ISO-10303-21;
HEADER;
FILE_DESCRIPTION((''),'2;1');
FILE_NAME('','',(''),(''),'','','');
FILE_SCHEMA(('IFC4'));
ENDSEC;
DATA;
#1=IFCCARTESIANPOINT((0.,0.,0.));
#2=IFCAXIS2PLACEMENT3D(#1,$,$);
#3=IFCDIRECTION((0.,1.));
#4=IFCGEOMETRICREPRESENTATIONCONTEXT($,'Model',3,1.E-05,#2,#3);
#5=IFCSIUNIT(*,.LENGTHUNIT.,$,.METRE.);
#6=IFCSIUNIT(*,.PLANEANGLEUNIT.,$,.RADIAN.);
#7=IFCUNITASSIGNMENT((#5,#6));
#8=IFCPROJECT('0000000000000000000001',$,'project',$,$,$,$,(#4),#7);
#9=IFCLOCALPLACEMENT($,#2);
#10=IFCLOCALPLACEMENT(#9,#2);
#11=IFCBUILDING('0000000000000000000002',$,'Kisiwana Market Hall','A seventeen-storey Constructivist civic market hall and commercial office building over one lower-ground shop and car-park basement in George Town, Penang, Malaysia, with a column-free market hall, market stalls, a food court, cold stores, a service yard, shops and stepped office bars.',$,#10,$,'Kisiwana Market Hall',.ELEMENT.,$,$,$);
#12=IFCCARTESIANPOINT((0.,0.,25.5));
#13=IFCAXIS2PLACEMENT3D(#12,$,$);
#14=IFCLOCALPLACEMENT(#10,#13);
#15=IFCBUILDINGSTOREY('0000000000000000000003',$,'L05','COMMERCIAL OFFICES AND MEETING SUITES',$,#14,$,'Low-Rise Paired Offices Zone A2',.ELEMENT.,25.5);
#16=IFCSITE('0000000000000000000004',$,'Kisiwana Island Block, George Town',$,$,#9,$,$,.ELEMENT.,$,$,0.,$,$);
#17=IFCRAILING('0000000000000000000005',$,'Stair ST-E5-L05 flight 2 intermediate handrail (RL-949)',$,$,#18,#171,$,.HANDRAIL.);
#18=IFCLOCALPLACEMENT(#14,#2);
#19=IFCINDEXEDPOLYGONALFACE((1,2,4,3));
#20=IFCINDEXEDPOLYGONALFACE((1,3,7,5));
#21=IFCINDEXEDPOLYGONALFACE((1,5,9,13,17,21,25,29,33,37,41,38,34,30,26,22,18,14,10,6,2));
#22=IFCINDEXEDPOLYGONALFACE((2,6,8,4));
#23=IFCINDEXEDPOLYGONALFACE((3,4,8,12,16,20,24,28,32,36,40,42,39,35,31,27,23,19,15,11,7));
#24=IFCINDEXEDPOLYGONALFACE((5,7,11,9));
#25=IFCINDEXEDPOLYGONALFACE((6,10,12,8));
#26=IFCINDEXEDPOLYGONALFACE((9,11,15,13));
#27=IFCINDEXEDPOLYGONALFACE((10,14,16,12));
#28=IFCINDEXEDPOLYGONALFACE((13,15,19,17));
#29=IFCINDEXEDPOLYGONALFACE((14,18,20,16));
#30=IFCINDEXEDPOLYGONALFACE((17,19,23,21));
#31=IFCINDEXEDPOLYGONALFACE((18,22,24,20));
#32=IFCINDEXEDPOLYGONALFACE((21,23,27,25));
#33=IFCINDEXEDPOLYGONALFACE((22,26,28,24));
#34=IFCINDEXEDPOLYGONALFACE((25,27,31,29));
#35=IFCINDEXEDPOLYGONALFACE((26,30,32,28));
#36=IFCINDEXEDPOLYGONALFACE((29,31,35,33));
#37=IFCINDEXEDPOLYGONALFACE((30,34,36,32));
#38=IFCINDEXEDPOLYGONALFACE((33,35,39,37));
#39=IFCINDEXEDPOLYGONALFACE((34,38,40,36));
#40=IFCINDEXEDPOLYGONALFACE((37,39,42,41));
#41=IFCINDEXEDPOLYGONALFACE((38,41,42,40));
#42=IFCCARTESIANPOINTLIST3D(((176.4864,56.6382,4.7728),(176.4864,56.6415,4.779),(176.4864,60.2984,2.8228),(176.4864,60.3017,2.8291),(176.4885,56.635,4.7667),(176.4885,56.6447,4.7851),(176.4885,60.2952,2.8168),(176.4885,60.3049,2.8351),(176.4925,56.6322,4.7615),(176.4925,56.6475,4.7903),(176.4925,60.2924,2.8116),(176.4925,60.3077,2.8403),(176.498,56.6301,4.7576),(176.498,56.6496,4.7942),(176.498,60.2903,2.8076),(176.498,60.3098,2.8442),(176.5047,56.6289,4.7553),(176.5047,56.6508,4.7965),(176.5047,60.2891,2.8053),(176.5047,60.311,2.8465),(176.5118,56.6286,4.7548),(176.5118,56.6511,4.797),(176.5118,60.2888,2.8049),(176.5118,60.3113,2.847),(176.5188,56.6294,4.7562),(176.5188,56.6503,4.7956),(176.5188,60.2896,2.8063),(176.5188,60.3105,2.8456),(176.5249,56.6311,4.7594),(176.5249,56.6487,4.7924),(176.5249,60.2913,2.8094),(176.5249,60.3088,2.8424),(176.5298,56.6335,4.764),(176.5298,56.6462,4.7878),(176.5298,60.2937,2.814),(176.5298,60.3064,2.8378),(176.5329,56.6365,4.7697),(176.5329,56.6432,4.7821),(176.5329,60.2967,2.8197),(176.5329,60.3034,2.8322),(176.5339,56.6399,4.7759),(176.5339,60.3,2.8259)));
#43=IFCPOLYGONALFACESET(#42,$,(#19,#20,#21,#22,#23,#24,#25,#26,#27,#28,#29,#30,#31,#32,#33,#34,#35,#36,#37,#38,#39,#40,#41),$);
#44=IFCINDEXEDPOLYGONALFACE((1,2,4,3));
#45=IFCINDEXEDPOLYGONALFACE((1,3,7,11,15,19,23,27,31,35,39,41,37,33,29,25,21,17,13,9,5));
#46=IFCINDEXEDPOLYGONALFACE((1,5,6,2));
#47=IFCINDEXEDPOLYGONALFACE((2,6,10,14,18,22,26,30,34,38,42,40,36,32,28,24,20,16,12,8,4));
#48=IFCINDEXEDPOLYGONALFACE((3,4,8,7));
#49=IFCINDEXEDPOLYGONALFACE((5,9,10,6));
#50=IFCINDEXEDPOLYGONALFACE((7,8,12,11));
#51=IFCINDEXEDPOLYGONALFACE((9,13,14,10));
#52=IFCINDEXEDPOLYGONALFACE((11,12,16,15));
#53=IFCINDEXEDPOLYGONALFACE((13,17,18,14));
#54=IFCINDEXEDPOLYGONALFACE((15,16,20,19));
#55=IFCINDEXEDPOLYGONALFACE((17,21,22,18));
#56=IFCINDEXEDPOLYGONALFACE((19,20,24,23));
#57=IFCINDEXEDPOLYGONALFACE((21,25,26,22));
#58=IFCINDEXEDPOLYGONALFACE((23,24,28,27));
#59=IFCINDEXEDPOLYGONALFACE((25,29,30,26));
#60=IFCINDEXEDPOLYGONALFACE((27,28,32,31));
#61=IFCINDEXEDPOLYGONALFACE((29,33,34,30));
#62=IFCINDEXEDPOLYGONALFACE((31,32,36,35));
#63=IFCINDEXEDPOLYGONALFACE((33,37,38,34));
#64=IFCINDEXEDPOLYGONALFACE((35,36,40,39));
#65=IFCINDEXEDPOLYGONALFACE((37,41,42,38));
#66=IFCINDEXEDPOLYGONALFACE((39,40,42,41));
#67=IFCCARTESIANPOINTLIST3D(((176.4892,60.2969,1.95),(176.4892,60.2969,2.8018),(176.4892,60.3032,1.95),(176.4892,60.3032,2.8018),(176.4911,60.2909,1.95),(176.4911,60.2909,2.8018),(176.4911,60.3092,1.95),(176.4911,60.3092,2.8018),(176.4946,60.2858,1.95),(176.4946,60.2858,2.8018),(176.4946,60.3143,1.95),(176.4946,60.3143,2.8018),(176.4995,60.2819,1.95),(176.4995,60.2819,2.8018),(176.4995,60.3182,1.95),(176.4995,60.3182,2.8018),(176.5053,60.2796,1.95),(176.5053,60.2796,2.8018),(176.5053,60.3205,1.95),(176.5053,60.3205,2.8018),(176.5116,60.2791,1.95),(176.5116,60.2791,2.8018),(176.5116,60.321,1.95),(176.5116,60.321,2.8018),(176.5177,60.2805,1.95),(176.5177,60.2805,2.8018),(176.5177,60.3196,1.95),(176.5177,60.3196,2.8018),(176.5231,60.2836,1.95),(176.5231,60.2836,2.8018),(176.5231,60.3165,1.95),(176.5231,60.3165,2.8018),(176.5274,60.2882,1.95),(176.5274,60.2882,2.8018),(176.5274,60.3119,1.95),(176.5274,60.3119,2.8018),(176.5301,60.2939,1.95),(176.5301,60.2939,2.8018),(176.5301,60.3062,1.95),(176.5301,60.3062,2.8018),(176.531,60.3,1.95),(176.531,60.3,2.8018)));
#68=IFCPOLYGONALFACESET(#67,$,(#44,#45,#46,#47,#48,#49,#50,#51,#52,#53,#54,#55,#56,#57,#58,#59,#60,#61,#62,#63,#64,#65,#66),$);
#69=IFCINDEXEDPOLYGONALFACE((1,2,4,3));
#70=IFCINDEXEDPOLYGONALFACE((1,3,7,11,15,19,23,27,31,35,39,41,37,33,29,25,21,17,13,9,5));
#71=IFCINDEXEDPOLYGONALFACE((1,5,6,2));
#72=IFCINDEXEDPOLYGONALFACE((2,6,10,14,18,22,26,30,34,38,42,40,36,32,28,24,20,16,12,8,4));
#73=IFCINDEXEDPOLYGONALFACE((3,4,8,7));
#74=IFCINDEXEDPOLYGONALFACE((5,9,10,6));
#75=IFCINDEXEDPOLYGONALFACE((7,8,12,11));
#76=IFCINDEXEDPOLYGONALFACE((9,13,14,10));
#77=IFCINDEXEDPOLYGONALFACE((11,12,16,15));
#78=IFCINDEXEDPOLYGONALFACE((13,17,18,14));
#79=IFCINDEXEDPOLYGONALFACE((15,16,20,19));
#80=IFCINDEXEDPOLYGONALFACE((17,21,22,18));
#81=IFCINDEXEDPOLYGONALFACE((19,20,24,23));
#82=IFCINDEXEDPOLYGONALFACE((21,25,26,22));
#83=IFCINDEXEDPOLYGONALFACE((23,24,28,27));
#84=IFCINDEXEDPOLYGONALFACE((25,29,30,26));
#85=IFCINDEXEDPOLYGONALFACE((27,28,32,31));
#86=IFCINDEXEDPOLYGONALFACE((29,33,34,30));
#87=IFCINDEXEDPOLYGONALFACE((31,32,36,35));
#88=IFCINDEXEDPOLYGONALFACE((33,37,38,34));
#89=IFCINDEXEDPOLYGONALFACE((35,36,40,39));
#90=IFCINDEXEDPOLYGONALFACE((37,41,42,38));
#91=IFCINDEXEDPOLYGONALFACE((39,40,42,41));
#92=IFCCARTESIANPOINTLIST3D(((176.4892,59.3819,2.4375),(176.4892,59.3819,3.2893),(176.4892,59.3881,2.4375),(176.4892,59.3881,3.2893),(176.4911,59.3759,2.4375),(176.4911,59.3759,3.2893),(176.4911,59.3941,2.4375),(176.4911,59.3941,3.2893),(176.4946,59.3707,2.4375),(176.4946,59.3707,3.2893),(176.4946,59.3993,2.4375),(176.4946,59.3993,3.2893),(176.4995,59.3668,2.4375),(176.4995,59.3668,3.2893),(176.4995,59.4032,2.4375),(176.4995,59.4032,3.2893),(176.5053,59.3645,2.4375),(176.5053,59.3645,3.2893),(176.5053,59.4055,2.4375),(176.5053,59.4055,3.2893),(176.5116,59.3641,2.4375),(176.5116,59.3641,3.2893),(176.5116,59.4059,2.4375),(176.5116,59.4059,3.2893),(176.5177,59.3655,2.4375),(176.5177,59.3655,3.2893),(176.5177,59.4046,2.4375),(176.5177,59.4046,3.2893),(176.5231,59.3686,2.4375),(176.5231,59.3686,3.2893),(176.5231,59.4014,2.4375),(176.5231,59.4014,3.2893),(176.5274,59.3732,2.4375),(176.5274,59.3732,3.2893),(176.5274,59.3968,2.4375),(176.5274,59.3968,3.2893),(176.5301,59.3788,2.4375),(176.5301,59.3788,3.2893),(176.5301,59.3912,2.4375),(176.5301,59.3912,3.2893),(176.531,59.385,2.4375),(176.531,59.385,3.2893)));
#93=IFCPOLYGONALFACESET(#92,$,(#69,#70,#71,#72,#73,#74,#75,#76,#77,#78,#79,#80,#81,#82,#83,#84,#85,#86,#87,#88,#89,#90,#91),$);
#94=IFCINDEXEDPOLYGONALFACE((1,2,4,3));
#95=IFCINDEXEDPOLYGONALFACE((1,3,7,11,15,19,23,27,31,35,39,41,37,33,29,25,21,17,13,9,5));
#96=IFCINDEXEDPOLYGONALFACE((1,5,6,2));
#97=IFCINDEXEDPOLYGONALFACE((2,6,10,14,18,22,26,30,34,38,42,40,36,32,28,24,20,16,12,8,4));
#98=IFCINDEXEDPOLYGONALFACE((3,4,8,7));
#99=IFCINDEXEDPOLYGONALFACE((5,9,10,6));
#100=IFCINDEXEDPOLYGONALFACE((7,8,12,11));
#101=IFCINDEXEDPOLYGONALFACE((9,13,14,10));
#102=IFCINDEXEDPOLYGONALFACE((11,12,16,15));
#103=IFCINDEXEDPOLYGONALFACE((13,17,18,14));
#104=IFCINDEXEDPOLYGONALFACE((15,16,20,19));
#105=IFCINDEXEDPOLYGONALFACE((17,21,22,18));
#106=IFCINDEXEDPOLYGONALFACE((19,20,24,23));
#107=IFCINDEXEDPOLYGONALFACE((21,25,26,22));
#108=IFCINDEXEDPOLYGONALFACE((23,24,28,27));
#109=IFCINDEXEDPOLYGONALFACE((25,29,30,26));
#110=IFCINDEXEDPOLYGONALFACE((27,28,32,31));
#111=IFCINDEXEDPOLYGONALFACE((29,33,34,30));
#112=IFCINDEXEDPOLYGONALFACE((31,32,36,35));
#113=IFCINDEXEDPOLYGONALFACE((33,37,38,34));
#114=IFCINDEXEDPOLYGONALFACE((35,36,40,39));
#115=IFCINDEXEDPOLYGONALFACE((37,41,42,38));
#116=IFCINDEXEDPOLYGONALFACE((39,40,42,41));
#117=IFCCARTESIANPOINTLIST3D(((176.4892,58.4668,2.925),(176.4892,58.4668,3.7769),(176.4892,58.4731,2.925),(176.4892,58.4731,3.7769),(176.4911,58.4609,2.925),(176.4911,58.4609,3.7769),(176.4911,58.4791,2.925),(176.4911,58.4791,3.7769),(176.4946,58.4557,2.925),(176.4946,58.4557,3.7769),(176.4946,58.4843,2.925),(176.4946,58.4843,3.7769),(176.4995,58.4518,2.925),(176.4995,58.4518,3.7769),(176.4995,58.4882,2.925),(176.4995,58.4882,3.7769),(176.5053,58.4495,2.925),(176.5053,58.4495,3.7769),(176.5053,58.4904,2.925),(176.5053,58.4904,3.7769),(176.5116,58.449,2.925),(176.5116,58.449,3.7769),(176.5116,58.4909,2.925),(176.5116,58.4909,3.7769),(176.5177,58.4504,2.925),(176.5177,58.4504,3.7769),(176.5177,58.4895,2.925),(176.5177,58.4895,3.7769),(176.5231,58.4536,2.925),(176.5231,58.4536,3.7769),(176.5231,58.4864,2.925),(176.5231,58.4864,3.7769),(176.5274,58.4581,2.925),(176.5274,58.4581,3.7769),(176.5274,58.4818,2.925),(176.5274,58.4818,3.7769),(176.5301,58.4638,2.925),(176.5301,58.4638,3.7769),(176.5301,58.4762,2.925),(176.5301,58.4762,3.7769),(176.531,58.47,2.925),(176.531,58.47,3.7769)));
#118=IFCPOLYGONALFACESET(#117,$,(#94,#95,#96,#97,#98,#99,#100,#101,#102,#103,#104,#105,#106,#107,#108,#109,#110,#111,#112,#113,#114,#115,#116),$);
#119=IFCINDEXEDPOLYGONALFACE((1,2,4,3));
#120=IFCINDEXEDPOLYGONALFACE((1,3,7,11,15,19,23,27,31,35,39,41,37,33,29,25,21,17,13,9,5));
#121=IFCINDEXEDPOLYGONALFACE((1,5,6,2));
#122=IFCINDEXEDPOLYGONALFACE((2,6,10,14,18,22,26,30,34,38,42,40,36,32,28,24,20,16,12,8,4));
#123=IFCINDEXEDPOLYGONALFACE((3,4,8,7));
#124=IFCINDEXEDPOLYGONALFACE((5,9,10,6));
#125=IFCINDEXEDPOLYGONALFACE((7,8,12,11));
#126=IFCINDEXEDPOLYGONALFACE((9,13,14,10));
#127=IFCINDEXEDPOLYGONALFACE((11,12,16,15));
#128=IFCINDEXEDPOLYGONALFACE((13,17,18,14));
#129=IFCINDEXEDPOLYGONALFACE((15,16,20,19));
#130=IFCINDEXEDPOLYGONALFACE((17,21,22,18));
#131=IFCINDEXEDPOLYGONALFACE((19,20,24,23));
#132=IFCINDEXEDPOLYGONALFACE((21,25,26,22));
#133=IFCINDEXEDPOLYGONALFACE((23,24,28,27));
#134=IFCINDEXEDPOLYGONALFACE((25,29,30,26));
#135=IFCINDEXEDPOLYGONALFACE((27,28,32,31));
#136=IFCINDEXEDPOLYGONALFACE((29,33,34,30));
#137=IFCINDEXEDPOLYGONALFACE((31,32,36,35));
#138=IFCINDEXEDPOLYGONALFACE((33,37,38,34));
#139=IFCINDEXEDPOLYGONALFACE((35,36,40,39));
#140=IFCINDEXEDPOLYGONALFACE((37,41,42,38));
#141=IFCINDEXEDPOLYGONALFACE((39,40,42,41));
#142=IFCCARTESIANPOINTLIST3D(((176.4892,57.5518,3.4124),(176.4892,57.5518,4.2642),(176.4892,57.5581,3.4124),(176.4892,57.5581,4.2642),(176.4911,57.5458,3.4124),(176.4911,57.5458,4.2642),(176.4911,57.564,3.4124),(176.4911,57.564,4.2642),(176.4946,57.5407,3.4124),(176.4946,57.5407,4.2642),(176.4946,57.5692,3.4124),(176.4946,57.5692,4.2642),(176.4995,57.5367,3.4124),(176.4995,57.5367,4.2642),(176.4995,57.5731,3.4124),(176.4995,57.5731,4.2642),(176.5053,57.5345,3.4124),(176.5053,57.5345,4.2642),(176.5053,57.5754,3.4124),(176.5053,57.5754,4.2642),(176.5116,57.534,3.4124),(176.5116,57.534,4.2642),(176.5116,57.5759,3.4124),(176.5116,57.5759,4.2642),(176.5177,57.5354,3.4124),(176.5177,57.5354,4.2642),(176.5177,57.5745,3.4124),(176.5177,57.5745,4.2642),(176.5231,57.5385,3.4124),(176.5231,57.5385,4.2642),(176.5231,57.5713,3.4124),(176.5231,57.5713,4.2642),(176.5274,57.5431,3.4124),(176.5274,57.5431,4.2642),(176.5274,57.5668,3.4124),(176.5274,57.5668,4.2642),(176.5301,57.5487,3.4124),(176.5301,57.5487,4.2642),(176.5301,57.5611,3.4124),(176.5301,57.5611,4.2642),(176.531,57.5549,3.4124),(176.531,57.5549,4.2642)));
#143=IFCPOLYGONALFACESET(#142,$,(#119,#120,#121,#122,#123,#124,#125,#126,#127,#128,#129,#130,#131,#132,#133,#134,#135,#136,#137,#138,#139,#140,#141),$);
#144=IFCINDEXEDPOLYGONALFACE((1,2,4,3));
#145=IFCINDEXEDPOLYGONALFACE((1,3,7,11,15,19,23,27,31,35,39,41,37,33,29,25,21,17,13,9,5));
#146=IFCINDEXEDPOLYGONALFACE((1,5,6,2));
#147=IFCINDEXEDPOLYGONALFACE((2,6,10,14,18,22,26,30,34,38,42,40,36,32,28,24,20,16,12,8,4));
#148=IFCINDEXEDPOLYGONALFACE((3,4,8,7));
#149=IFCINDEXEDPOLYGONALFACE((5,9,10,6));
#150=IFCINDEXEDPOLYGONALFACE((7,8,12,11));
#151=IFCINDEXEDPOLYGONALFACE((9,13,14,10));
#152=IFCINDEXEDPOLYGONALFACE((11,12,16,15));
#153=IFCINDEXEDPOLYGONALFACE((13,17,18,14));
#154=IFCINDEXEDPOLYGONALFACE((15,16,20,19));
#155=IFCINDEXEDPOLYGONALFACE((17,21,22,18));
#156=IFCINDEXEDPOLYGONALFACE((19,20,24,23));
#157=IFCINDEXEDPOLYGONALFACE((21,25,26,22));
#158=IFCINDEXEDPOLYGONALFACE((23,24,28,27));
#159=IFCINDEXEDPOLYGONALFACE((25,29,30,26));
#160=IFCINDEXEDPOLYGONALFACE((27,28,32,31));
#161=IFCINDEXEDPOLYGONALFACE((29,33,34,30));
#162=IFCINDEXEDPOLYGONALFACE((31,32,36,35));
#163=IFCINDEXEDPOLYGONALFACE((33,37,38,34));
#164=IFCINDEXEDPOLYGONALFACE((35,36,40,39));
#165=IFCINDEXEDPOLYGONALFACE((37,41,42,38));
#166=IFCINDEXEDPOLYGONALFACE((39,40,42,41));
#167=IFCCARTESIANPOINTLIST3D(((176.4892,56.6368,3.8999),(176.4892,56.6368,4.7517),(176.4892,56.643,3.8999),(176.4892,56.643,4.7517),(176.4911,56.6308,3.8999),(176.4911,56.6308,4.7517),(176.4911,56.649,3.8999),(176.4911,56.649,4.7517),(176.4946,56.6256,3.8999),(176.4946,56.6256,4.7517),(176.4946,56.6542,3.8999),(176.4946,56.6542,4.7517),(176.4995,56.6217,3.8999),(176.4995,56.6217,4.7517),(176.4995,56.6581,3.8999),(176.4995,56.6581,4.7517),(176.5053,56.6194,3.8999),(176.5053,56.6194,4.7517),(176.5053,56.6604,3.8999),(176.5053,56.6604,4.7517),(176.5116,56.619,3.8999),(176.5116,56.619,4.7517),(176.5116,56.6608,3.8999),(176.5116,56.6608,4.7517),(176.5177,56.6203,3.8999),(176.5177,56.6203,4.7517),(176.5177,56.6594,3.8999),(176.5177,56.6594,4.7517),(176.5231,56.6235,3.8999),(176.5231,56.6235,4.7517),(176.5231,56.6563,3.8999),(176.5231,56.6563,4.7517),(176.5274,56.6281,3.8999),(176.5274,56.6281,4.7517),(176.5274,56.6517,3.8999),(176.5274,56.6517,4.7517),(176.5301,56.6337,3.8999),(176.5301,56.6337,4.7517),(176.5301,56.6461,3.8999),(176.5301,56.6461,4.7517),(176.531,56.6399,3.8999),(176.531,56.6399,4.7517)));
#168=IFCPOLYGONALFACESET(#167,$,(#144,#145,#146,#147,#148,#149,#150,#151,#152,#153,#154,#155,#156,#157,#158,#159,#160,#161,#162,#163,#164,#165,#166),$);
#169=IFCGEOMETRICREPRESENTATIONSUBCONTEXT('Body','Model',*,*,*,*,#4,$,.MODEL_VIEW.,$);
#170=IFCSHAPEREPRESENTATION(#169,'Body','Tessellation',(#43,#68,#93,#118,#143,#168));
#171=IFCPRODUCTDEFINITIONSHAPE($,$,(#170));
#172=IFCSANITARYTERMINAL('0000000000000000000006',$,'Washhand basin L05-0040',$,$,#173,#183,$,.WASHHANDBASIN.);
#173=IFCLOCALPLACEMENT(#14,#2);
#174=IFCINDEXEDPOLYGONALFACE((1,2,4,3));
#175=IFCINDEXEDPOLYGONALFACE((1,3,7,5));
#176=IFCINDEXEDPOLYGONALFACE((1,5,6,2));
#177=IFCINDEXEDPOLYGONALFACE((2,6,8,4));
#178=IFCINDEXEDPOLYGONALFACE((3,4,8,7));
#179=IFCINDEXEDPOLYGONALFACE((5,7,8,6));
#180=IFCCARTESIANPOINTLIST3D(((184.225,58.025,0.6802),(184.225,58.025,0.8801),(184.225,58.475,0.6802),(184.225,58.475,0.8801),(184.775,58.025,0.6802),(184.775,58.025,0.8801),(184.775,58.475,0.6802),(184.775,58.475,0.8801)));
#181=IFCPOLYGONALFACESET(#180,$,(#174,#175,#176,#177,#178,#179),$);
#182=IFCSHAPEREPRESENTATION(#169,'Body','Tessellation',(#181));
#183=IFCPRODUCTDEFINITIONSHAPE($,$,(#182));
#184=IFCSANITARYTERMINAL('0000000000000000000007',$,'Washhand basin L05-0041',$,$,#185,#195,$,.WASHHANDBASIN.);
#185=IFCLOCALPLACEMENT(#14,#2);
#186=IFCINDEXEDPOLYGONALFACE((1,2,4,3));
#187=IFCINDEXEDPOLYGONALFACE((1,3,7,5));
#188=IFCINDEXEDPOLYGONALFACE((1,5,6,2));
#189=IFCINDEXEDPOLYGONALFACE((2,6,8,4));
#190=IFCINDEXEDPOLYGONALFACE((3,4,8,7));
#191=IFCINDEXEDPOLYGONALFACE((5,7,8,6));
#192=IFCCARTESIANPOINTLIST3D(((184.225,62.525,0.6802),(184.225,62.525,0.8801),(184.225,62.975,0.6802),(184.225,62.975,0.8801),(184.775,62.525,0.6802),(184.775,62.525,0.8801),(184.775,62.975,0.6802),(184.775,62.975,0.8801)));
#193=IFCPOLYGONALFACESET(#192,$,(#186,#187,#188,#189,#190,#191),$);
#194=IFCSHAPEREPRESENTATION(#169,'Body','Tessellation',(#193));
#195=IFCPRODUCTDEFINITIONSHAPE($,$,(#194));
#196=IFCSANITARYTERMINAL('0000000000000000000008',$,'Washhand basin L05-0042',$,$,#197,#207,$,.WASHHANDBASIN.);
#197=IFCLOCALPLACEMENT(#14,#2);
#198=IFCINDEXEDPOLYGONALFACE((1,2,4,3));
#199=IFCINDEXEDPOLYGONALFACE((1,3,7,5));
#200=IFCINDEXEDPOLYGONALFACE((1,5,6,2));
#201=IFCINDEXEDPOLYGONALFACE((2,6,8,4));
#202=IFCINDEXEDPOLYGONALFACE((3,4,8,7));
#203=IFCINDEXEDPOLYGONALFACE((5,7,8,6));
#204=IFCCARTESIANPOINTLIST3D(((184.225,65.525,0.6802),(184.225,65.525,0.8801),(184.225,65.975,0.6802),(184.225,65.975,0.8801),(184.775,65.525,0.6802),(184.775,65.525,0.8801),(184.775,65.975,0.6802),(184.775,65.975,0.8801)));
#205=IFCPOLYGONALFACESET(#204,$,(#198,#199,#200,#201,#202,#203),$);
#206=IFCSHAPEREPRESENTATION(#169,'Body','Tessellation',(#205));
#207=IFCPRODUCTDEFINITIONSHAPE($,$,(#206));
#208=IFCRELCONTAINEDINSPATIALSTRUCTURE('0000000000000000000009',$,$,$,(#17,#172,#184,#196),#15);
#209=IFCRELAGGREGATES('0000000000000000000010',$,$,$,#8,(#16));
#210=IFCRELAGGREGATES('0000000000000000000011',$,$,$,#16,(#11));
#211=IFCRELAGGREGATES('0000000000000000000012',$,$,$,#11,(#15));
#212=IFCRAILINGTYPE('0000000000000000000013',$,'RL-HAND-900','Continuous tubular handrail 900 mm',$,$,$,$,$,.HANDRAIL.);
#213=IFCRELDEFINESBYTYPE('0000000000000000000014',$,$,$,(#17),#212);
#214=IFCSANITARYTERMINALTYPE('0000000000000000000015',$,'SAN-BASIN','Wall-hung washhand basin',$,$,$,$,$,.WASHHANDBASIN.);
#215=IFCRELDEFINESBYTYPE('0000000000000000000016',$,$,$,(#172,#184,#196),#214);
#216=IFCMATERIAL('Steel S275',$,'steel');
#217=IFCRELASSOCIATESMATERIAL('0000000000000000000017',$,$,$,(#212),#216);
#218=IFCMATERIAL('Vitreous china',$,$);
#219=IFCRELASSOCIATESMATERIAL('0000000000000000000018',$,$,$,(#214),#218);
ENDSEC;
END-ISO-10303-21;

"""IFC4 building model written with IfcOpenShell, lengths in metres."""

from ifc_helpers import new_model, si_unit, direction, frame, origin, origin_2d, place, context, subcontext, project, spatial, rectangle, circle, extrude, material, type_object, element, save


model = new_model("IFC4")

# Units and contexts
model_context = context("Model", 3, precision=1e-05, world=origin(), true_north=direction((0.0, 1.0)))
body_context = subcontext(model_context, "Body", "Model", "MODEL_VIEW")
ifc_project = project(units=[si_unit("LENGTHUNIT", "METRE"), si_unit("PLANEANGLEUNIT", "RADIAN")], contexts=[model_context])

# Site, building, storey
site_placement = place(None, origin())
site = spatial("IfcSite", under=ifc_project, at=site_placement, Name="Kisiwana Island Block, George Town", CompositionType="ELEMENT", RefElevation=0.0)
building_placement = place(site_placement, origin())
building = spatial("IfcBuilding", under=site, at=building_placement, Name="Kisiwana Market Hall", Description="A seventeen-storey Constructivist civic market hall and commercial office building over one lower-ground shop and car-park basement in George Town, Penang, Malaysia, with a column-free market hall, market stalls, a food court, cold stores, a service yard, shops and stepped office bars.", LongName="Kisiwana Market Hall", CompositionType="ELEMENT")
storey_placement = place(building_placement, frame((0.0, 0.0, 25.5)))
storey = spatial("IfcBuildingStorey", under=building, at=storey_placement, Name="L05", Description="COMMERCIAL OFFICES AND MEETING SUITES", LongName="Low-Rise Paired Offices Zone A2", CompositionType="ELEMENT", Elevation=25.5)

# Railing
ifc_material_1 = material(Name="Steel S275", Category="steel")
railing_type_1 = type_object("IfcRailingType", Name="RL-HAND-900", Description="Continuous tubular handrail 900 mm", PredefinedType="HANDRAIL", material=ifc_material_1)
for number, where, name in (
    (1, (176.51, 60.3, 1.95), "Stair ST-E5-L05 flight 2 intermediate handrail (RL-949)"),
):
    element("IfcRailing", number, at=place(storey_placement, frame(where)), inside=storey, type_object=railing_type_1, Name=name, PredefinedType="HANDRAIL", context=body_context, shape_type="SweptSolid", body=[
        extrude(circle(Radius=0.0239, at=origin_2d()), frame((0.0, 0.0, 0.876), z_axis=(0.0, -0.882566, 0.470188), x_axis=(1.0, 0.0, 0.0)), (0.0, 0.0, 1.0), 4.1472),
        extrude(circle(Radius=0.021, at=origin_2d()), origin(), (0.0, 0.0, 1.0), 0.8518),
        extrude(circle(Radius=0.021, at=origin_2d()), frame((0.0, -0.915, 0.4875)), (0.0, 0.0, 1.0), 0.8518),
        extrude(circle(Radius=0.021, at=origin_2d()), frame((0.0, -1.8301, 0.9751)), (0.0, 0.0, 1.0), 0.8518),
        extrude(circle(Radius=0.021, at=origin_2d()), frame((0.0, -2.7451, 1.4624)), (0.0, 0.0, 1.0), 0.8518),
        extrude(circle(Radius=0.021, at=origin_2d()), frame((0.0, -3.6602, 1.95)), (0.0, 0.0, 1.0), 0.8518),
    ])

# Sanitary terminals
ifc_material_2 = material(Name="Vitreous china")
sanitary_terminal_type_1 = type_object("IfcSanitaryTerminalType", Name="SAN-BASIN", Description="Wall-hung washhand basin", PredefinedType="WASHHANDBASIN", material=ifc_material_2)
for number, where, z_axis, x_axis, name in (
    (2, (184.5, 58.25, 0.6802), (0.0, 0.0, 1.0), (1.0, 0.0, 0.0), "Washhand basin L05-0040"),
    (3, (184.5, 62.75, 0.6802), (0.0, 0.0, 1.0), (1.0, 0.0, 0.0), "Washhand basin L05-0041"),
    (4, (184.5, 65.75, 0.6802), (0.0, 0.0, 1.0), (1.0, 0.0, 0.0), "Washhand basin L05-0042"),
):
    element("IfcSanitaryTerminal", number, at=place(storey_placement, frame(where, z_axis=z_axis, x_axis=x_axis)), inside=storey, type_object=sanitary_terminal_type_1, Name=name, PredefinedType="WASHHANDBASIN", context=body_context, shape_type="SweptSolid", body=[
        extrude(rectangle(XDim=0.55, YDim=0.45, at=origin_2d()), origin(), (0.0, 0.0, 1.0), 0.2),
    ])

save(model, "model.ifc")
